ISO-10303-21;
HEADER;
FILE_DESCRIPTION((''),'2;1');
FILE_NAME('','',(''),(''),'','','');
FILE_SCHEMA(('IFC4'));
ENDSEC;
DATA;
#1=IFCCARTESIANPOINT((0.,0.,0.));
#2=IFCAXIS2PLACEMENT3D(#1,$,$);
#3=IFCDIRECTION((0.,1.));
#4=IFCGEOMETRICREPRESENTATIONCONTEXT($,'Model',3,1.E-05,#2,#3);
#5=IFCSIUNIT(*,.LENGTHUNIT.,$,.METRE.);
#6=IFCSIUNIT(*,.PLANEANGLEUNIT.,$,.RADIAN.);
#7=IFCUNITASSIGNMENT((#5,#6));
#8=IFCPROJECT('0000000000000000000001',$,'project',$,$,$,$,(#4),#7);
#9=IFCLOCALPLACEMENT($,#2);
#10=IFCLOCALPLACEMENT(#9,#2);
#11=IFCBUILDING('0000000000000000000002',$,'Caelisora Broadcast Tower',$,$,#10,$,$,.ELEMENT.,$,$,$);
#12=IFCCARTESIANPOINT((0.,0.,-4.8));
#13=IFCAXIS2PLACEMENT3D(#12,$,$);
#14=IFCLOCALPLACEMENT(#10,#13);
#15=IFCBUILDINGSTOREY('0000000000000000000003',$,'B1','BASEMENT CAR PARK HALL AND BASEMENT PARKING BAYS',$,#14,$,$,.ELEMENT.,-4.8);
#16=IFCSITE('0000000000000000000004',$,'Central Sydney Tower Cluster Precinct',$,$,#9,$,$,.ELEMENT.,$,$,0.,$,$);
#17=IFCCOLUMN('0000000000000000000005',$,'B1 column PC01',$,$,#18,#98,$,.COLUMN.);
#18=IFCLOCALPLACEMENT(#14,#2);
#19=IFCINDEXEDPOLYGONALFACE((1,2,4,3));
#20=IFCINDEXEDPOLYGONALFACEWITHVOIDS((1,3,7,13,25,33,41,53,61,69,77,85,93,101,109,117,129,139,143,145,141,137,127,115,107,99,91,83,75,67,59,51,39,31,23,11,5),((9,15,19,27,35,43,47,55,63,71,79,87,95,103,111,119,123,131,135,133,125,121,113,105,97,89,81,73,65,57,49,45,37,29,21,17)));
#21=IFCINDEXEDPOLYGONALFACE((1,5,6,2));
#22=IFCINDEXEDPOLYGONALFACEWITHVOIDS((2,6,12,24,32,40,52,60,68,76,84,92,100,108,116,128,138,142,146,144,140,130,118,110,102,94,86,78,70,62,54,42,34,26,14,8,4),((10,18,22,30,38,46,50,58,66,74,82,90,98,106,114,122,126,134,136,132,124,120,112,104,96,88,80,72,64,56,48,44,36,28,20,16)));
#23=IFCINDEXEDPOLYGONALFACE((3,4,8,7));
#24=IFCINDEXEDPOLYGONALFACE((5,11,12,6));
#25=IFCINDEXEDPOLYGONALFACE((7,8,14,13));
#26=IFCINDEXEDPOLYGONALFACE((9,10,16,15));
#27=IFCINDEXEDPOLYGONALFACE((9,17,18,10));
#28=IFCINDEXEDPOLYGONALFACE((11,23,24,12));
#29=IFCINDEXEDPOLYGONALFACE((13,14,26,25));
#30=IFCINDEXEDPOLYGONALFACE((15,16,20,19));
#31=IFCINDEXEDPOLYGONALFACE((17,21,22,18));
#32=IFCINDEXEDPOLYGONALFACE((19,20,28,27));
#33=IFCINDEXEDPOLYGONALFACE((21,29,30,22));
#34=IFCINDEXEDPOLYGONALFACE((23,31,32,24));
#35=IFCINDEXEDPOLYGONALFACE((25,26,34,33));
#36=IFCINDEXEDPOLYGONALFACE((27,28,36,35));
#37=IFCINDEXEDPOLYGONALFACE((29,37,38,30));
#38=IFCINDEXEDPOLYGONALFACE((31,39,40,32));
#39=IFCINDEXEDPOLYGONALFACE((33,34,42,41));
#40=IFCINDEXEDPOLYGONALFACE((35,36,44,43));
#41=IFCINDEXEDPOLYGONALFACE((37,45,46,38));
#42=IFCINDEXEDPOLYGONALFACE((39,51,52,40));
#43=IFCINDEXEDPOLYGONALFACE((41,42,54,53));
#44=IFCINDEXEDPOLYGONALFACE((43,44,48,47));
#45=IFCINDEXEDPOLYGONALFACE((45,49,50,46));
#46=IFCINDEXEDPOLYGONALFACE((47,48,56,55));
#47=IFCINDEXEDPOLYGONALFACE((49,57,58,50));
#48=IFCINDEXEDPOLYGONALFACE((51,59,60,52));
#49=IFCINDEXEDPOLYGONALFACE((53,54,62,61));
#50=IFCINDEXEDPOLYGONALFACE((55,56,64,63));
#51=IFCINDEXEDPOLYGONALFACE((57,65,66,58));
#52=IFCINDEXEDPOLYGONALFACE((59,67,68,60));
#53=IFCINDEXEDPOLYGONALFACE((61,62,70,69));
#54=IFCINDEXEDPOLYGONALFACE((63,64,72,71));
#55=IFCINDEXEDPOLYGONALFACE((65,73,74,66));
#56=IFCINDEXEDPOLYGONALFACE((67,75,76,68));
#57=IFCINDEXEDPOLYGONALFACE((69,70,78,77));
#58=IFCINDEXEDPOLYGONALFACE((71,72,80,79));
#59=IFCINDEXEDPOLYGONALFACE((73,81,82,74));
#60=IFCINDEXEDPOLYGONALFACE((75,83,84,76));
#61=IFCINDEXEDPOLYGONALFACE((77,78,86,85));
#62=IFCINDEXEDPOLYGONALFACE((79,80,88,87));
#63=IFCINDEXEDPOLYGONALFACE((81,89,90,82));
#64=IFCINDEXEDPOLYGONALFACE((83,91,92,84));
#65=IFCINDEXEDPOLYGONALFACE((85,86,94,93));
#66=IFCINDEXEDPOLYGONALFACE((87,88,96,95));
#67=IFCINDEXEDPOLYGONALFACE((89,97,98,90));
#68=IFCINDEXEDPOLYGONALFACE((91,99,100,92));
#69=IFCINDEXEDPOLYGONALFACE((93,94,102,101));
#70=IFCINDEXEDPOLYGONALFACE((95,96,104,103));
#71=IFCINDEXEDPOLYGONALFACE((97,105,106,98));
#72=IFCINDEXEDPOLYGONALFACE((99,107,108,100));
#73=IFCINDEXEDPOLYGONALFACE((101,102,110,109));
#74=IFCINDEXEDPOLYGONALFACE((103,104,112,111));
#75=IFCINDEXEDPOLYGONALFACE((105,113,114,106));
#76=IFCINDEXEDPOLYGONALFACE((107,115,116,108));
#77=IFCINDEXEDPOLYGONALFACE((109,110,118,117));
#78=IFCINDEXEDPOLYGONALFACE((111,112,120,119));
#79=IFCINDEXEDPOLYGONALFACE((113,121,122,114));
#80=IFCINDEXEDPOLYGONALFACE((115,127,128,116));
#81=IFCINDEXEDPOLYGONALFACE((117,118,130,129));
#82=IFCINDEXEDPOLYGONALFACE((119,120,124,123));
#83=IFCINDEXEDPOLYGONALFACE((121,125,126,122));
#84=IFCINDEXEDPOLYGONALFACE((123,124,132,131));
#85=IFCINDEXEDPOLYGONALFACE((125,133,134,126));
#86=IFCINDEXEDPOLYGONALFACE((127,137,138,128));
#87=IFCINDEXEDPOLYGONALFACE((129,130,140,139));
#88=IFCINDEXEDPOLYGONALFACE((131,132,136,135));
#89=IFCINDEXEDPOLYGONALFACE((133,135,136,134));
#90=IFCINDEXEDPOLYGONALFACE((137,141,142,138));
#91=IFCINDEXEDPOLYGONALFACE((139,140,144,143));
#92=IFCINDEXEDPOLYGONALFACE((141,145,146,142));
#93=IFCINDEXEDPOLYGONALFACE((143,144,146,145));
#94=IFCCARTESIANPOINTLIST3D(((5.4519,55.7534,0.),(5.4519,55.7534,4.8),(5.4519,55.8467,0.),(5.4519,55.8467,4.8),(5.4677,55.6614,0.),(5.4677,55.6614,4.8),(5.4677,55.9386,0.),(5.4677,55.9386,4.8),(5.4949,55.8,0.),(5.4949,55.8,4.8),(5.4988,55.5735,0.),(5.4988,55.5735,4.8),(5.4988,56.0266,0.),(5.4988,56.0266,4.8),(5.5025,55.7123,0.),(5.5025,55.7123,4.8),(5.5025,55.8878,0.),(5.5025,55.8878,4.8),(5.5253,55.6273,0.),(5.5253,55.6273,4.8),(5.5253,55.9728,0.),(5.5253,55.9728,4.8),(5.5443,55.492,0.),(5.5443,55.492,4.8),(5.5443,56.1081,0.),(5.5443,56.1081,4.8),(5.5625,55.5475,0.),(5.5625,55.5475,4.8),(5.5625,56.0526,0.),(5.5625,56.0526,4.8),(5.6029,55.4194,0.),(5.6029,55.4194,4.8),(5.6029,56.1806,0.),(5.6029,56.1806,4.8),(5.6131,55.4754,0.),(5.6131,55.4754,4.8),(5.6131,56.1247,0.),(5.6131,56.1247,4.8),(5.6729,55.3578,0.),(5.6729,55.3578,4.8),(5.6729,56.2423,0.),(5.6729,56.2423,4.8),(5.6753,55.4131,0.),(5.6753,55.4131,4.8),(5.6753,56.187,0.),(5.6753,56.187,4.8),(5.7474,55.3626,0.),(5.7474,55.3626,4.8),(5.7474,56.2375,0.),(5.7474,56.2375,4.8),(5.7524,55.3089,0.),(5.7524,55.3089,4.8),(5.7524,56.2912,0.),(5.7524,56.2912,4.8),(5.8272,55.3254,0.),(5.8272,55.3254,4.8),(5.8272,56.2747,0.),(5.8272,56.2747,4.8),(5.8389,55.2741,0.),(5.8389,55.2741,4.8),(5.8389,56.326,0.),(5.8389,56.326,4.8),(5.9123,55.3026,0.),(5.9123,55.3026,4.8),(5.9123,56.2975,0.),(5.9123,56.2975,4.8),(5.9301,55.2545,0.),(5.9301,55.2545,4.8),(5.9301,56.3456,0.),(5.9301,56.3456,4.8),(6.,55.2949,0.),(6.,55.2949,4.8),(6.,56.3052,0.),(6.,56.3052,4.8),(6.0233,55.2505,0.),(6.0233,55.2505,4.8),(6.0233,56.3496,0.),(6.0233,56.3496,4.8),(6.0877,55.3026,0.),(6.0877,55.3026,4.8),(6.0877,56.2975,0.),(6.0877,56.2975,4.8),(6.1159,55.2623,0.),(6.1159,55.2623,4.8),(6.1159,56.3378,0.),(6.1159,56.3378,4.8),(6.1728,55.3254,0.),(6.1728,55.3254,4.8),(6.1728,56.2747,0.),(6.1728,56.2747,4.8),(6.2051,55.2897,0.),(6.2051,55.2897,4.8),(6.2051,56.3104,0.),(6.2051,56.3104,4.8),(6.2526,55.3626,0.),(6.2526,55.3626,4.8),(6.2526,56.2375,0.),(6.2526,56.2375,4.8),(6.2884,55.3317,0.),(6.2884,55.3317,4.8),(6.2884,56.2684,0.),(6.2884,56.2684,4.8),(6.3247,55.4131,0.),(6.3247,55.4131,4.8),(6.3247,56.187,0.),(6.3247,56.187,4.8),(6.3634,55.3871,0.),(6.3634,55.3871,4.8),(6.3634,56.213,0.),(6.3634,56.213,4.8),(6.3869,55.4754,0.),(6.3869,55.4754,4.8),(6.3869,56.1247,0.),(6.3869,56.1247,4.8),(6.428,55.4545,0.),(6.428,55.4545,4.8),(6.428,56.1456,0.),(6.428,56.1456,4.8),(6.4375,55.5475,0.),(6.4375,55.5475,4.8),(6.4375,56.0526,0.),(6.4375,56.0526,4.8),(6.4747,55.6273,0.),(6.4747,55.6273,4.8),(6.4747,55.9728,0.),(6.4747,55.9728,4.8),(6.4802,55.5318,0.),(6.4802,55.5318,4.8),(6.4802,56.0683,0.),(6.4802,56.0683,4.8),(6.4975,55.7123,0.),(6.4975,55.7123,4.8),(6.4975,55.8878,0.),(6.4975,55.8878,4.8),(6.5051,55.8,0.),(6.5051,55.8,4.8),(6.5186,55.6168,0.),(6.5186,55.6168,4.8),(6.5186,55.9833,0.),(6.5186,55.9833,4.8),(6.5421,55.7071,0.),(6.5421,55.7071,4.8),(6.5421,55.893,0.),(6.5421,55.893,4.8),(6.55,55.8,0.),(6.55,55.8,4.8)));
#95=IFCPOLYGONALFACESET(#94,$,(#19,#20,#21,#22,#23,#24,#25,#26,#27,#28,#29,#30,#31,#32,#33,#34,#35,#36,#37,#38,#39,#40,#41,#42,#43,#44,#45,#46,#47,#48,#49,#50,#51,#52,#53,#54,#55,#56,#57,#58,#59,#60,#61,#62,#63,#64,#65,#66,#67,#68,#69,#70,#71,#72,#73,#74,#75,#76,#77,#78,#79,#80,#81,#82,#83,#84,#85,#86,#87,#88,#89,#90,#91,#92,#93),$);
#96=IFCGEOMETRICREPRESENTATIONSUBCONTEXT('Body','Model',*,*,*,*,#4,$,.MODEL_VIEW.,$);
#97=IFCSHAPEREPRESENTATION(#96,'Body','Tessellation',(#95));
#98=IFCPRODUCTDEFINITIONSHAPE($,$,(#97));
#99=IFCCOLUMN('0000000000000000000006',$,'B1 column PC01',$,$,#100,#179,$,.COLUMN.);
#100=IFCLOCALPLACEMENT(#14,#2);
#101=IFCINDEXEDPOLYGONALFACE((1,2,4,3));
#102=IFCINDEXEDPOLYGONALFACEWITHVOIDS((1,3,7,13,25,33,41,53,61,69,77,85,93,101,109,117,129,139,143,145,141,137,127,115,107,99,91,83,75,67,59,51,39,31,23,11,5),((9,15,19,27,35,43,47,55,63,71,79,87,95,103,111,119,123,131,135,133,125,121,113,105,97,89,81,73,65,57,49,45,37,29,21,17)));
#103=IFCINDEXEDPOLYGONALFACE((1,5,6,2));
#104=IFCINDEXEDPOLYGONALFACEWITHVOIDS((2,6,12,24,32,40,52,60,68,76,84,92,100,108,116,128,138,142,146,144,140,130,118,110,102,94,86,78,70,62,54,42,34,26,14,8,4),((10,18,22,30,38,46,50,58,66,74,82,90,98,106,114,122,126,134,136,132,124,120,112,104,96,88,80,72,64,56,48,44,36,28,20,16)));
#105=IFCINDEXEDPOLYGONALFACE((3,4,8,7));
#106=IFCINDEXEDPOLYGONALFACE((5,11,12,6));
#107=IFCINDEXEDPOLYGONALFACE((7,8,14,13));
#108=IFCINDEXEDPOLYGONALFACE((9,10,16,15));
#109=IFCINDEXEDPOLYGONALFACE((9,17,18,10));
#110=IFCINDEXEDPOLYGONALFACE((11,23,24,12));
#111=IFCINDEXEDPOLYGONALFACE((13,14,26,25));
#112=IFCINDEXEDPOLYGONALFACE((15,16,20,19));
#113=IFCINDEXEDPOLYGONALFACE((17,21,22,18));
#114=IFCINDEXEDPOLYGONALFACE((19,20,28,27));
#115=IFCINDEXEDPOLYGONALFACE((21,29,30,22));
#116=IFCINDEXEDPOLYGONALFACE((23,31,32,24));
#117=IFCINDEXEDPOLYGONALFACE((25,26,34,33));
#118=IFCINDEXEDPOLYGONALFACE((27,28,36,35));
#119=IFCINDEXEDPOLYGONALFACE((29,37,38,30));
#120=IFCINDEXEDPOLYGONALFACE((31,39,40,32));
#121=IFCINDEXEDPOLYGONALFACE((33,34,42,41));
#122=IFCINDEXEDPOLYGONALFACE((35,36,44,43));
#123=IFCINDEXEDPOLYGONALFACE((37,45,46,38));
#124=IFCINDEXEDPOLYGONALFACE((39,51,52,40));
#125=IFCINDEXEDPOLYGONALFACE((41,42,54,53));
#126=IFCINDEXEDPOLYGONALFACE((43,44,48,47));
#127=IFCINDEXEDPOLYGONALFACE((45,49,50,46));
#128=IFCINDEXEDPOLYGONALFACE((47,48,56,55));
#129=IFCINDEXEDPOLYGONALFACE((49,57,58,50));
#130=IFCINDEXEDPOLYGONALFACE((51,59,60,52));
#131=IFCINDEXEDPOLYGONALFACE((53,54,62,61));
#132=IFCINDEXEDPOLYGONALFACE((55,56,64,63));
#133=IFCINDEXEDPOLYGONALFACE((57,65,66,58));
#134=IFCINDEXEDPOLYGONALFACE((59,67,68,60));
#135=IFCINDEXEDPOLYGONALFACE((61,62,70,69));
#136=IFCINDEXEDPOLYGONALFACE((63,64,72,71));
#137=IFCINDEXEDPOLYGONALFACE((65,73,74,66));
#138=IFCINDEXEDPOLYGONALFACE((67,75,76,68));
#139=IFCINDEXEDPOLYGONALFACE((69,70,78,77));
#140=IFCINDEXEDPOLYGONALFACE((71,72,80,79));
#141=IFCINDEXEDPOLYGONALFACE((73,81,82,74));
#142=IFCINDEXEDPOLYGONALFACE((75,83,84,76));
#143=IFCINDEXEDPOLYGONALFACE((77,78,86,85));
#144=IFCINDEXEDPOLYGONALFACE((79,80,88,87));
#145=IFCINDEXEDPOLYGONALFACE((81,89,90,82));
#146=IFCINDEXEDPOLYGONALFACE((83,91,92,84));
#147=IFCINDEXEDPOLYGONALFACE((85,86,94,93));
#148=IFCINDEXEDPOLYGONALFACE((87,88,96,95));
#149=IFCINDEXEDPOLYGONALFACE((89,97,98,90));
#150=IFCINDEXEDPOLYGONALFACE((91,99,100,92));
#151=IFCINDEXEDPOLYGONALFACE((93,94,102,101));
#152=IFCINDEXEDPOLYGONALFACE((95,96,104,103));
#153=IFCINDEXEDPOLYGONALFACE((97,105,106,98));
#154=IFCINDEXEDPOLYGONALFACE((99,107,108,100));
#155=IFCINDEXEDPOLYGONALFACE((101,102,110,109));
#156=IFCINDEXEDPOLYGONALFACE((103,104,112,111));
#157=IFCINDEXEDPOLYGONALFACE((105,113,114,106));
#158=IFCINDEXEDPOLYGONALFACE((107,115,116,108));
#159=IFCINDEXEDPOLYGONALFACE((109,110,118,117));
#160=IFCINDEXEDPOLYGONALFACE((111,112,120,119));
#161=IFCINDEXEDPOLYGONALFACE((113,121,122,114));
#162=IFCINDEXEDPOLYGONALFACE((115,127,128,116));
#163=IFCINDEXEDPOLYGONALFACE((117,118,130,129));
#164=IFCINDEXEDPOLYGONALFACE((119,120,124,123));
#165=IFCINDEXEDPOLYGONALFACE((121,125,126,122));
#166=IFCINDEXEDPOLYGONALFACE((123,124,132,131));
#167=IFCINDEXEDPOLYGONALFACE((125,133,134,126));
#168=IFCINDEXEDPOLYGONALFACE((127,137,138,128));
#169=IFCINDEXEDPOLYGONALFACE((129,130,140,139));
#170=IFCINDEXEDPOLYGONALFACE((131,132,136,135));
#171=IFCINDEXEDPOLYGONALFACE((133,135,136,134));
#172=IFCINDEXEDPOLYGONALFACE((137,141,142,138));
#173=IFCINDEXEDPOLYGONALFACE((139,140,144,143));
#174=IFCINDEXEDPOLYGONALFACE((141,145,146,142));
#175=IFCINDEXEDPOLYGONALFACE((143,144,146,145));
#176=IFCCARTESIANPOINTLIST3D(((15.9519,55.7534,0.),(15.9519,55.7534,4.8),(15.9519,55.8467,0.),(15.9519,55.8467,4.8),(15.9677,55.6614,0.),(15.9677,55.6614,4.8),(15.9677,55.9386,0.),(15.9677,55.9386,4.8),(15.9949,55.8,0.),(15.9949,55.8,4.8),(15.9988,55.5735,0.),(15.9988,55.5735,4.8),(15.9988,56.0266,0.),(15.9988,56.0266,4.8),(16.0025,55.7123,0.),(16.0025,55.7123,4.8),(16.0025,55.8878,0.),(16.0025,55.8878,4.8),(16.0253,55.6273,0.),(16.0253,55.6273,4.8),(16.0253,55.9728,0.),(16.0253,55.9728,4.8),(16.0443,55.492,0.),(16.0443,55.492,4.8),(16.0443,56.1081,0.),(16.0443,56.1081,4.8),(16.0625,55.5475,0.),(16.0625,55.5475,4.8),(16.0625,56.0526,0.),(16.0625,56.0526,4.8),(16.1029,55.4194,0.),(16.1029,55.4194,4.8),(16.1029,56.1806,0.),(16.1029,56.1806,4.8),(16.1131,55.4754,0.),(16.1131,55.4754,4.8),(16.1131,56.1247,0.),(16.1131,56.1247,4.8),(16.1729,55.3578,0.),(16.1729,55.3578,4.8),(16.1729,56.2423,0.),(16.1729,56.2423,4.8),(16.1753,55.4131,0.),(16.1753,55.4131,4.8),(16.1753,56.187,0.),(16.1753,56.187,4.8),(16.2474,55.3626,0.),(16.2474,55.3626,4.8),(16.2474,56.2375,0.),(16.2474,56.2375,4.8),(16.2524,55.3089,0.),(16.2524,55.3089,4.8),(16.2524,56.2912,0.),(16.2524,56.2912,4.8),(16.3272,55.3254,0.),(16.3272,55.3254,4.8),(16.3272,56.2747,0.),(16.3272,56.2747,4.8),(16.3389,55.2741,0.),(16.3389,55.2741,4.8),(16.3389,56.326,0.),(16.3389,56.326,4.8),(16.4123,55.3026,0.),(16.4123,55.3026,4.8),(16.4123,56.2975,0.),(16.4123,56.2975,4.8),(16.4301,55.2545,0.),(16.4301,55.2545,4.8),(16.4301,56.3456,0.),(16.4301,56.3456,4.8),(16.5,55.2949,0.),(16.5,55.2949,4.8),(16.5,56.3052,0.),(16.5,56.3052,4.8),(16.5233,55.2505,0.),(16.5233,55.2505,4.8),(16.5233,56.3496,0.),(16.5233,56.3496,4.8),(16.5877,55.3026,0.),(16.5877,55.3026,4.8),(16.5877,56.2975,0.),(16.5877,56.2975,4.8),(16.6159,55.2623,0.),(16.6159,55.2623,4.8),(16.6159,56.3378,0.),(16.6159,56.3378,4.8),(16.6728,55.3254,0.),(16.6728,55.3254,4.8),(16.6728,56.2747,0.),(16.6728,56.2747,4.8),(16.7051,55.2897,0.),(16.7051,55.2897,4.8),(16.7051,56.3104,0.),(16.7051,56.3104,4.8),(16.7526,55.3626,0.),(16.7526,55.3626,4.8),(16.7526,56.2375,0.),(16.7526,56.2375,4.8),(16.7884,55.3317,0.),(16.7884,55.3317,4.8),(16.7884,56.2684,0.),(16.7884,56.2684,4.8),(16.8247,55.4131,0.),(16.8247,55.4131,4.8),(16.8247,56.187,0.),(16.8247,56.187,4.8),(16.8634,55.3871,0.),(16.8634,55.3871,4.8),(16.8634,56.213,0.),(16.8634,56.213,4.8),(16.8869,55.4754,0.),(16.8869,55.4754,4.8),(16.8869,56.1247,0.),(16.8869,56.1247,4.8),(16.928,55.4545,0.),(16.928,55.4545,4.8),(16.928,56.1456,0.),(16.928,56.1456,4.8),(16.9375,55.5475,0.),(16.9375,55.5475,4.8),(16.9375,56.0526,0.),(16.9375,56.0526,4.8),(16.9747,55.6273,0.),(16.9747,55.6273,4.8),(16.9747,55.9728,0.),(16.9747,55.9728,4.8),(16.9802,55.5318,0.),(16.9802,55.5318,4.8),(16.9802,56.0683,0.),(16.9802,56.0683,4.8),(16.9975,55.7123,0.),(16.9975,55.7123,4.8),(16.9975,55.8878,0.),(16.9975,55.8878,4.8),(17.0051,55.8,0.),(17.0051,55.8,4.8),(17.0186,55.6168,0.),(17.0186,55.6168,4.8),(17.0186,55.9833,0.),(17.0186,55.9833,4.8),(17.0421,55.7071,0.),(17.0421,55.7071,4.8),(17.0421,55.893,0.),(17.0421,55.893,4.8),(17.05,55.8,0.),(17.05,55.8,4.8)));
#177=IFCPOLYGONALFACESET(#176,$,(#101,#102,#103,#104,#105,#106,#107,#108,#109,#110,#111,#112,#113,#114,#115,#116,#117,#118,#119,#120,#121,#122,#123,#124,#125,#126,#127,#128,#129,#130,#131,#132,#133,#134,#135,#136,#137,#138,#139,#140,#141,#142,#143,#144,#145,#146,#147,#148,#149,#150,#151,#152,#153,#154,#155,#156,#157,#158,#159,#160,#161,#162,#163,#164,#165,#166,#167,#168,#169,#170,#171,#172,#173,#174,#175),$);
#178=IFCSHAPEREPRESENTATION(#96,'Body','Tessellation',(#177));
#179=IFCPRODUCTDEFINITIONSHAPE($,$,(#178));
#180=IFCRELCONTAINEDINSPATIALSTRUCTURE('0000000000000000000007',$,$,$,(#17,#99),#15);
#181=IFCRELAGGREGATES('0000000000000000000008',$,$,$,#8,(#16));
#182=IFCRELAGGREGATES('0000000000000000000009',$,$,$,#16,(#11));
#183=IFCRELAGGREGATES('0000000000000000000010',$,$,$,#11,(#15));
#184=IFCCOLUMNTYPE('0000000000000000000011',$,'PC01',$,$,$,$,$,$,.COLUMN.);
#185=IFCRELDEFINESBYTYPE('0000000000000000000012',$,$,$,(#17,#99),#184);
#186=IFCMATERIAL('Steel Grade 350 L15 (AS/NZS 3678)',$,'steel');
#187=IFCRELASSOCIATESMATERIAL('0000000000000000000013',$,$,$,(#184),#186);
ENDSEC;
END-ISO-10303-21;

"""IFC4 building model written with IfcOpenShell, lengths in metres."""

from ifc_helpers import new_model, si_unit, direction, frame, origin, origin_2d, place, context, subcontext, project, spatial, hollow_circle, extrude, source, transform, mapped, material, material_profile, profile_set, type_object, type_shapes, element, save


model = new_model("IFC4")

# Units and contexts
model_context = context("Model", 3, precision=1e-05, world=origin(), true_north=direction((0.0, 1.0)))
body_context = subcontext(model_context, "Body", "Model", "MODEL_VIEW")
ifc_project = project(units=[si_unit("LENGTHUNIT", "METRE"), si_unit("PLANEANGLEUNIT", "RADIAN")], contexts=[model_context])

# Site, building, storey
site_placement = place(None, origin())
site = spatial("IfcSite", under=ifc_project, at=site_placement, Name="Central Sydney Tower Cluster Precinct", CompositionType="ELEMENT", RefElevation=0.0)
building_placement = place(site_placement, origin())
building = spatial("IfcBuilding", under=site, at=building_placement, Name="Caelisora Broadcast Tower", CompositionType="ELEMENT")
storey_placement = place(building_placement, frame((0.0, 0.0, -4.8)))
storey = spatial("IfcBuildingStorey", under=building, at=storey_placement, Name="B1", Description="BASEMENT CAR PARK HALL AND BASEMENT PARKING BAYS", CompositionType="ELEMENT", Elevation=-4.8)

# Columns
ifc_material_1 = material(Name="Steel Grade 350 L15 (AS/NZS 3678)", Category="steel")
ifc_material_profile_1 = material_profile(ifc_material_1, hollow_circle(Radius=0.55, WallThickness=0.0449, at=origin_2d()), Name="Steel Grade 350 L15 (AS/NZS 3678)")
ifc_profile_set_1 = profile_set([ifc_material_profile_1], Name="Steel Grade 350 L15 (AS/NZS 3678)")
column_type_1 = type_object("IfcColumnType", Name="PC01", PredefinedType="COLUMN", material=ifc_profile_set_1)
shared_shape_1 = source(origin(), body_context, "Body", "SweptSolid", [
    extrude(hollow_circle(Radius=0.55, WallThickness=0.0449, at=origin_2d()), origin(), (0.0, 0.0, 1.0), 4.8),
])
type_shapes(column_type_1, [shared_shape_1])
for number, where, z_axis, x_axis, name in (
    (1, (6.0, 55.8, 0.0), (0.0, 0.0, 1.0), (1.0, 0.0, 0.0), "B1 column PC01"),
    (2, (16.5, 55.8, 0.0), (0.0, 0.0, 1.0), (1.0, 0.0, 0.0), "B1 column PC01"),
):
    element("IfcColumn", number, at=place(storey_placement, frame(where, z_axis=z_axis, x_axis=x_axis)), inside=storey, type_object=column_type_1, Name=name, PredefinedType="COLUMN", context=body_context, shape_type="MappedRepresentation", body=[
        mapped(shared_shape_1, transform((0.0, 0.0, 0.0), scale=1.0)),
    ])

save(model, "model.ifc")
